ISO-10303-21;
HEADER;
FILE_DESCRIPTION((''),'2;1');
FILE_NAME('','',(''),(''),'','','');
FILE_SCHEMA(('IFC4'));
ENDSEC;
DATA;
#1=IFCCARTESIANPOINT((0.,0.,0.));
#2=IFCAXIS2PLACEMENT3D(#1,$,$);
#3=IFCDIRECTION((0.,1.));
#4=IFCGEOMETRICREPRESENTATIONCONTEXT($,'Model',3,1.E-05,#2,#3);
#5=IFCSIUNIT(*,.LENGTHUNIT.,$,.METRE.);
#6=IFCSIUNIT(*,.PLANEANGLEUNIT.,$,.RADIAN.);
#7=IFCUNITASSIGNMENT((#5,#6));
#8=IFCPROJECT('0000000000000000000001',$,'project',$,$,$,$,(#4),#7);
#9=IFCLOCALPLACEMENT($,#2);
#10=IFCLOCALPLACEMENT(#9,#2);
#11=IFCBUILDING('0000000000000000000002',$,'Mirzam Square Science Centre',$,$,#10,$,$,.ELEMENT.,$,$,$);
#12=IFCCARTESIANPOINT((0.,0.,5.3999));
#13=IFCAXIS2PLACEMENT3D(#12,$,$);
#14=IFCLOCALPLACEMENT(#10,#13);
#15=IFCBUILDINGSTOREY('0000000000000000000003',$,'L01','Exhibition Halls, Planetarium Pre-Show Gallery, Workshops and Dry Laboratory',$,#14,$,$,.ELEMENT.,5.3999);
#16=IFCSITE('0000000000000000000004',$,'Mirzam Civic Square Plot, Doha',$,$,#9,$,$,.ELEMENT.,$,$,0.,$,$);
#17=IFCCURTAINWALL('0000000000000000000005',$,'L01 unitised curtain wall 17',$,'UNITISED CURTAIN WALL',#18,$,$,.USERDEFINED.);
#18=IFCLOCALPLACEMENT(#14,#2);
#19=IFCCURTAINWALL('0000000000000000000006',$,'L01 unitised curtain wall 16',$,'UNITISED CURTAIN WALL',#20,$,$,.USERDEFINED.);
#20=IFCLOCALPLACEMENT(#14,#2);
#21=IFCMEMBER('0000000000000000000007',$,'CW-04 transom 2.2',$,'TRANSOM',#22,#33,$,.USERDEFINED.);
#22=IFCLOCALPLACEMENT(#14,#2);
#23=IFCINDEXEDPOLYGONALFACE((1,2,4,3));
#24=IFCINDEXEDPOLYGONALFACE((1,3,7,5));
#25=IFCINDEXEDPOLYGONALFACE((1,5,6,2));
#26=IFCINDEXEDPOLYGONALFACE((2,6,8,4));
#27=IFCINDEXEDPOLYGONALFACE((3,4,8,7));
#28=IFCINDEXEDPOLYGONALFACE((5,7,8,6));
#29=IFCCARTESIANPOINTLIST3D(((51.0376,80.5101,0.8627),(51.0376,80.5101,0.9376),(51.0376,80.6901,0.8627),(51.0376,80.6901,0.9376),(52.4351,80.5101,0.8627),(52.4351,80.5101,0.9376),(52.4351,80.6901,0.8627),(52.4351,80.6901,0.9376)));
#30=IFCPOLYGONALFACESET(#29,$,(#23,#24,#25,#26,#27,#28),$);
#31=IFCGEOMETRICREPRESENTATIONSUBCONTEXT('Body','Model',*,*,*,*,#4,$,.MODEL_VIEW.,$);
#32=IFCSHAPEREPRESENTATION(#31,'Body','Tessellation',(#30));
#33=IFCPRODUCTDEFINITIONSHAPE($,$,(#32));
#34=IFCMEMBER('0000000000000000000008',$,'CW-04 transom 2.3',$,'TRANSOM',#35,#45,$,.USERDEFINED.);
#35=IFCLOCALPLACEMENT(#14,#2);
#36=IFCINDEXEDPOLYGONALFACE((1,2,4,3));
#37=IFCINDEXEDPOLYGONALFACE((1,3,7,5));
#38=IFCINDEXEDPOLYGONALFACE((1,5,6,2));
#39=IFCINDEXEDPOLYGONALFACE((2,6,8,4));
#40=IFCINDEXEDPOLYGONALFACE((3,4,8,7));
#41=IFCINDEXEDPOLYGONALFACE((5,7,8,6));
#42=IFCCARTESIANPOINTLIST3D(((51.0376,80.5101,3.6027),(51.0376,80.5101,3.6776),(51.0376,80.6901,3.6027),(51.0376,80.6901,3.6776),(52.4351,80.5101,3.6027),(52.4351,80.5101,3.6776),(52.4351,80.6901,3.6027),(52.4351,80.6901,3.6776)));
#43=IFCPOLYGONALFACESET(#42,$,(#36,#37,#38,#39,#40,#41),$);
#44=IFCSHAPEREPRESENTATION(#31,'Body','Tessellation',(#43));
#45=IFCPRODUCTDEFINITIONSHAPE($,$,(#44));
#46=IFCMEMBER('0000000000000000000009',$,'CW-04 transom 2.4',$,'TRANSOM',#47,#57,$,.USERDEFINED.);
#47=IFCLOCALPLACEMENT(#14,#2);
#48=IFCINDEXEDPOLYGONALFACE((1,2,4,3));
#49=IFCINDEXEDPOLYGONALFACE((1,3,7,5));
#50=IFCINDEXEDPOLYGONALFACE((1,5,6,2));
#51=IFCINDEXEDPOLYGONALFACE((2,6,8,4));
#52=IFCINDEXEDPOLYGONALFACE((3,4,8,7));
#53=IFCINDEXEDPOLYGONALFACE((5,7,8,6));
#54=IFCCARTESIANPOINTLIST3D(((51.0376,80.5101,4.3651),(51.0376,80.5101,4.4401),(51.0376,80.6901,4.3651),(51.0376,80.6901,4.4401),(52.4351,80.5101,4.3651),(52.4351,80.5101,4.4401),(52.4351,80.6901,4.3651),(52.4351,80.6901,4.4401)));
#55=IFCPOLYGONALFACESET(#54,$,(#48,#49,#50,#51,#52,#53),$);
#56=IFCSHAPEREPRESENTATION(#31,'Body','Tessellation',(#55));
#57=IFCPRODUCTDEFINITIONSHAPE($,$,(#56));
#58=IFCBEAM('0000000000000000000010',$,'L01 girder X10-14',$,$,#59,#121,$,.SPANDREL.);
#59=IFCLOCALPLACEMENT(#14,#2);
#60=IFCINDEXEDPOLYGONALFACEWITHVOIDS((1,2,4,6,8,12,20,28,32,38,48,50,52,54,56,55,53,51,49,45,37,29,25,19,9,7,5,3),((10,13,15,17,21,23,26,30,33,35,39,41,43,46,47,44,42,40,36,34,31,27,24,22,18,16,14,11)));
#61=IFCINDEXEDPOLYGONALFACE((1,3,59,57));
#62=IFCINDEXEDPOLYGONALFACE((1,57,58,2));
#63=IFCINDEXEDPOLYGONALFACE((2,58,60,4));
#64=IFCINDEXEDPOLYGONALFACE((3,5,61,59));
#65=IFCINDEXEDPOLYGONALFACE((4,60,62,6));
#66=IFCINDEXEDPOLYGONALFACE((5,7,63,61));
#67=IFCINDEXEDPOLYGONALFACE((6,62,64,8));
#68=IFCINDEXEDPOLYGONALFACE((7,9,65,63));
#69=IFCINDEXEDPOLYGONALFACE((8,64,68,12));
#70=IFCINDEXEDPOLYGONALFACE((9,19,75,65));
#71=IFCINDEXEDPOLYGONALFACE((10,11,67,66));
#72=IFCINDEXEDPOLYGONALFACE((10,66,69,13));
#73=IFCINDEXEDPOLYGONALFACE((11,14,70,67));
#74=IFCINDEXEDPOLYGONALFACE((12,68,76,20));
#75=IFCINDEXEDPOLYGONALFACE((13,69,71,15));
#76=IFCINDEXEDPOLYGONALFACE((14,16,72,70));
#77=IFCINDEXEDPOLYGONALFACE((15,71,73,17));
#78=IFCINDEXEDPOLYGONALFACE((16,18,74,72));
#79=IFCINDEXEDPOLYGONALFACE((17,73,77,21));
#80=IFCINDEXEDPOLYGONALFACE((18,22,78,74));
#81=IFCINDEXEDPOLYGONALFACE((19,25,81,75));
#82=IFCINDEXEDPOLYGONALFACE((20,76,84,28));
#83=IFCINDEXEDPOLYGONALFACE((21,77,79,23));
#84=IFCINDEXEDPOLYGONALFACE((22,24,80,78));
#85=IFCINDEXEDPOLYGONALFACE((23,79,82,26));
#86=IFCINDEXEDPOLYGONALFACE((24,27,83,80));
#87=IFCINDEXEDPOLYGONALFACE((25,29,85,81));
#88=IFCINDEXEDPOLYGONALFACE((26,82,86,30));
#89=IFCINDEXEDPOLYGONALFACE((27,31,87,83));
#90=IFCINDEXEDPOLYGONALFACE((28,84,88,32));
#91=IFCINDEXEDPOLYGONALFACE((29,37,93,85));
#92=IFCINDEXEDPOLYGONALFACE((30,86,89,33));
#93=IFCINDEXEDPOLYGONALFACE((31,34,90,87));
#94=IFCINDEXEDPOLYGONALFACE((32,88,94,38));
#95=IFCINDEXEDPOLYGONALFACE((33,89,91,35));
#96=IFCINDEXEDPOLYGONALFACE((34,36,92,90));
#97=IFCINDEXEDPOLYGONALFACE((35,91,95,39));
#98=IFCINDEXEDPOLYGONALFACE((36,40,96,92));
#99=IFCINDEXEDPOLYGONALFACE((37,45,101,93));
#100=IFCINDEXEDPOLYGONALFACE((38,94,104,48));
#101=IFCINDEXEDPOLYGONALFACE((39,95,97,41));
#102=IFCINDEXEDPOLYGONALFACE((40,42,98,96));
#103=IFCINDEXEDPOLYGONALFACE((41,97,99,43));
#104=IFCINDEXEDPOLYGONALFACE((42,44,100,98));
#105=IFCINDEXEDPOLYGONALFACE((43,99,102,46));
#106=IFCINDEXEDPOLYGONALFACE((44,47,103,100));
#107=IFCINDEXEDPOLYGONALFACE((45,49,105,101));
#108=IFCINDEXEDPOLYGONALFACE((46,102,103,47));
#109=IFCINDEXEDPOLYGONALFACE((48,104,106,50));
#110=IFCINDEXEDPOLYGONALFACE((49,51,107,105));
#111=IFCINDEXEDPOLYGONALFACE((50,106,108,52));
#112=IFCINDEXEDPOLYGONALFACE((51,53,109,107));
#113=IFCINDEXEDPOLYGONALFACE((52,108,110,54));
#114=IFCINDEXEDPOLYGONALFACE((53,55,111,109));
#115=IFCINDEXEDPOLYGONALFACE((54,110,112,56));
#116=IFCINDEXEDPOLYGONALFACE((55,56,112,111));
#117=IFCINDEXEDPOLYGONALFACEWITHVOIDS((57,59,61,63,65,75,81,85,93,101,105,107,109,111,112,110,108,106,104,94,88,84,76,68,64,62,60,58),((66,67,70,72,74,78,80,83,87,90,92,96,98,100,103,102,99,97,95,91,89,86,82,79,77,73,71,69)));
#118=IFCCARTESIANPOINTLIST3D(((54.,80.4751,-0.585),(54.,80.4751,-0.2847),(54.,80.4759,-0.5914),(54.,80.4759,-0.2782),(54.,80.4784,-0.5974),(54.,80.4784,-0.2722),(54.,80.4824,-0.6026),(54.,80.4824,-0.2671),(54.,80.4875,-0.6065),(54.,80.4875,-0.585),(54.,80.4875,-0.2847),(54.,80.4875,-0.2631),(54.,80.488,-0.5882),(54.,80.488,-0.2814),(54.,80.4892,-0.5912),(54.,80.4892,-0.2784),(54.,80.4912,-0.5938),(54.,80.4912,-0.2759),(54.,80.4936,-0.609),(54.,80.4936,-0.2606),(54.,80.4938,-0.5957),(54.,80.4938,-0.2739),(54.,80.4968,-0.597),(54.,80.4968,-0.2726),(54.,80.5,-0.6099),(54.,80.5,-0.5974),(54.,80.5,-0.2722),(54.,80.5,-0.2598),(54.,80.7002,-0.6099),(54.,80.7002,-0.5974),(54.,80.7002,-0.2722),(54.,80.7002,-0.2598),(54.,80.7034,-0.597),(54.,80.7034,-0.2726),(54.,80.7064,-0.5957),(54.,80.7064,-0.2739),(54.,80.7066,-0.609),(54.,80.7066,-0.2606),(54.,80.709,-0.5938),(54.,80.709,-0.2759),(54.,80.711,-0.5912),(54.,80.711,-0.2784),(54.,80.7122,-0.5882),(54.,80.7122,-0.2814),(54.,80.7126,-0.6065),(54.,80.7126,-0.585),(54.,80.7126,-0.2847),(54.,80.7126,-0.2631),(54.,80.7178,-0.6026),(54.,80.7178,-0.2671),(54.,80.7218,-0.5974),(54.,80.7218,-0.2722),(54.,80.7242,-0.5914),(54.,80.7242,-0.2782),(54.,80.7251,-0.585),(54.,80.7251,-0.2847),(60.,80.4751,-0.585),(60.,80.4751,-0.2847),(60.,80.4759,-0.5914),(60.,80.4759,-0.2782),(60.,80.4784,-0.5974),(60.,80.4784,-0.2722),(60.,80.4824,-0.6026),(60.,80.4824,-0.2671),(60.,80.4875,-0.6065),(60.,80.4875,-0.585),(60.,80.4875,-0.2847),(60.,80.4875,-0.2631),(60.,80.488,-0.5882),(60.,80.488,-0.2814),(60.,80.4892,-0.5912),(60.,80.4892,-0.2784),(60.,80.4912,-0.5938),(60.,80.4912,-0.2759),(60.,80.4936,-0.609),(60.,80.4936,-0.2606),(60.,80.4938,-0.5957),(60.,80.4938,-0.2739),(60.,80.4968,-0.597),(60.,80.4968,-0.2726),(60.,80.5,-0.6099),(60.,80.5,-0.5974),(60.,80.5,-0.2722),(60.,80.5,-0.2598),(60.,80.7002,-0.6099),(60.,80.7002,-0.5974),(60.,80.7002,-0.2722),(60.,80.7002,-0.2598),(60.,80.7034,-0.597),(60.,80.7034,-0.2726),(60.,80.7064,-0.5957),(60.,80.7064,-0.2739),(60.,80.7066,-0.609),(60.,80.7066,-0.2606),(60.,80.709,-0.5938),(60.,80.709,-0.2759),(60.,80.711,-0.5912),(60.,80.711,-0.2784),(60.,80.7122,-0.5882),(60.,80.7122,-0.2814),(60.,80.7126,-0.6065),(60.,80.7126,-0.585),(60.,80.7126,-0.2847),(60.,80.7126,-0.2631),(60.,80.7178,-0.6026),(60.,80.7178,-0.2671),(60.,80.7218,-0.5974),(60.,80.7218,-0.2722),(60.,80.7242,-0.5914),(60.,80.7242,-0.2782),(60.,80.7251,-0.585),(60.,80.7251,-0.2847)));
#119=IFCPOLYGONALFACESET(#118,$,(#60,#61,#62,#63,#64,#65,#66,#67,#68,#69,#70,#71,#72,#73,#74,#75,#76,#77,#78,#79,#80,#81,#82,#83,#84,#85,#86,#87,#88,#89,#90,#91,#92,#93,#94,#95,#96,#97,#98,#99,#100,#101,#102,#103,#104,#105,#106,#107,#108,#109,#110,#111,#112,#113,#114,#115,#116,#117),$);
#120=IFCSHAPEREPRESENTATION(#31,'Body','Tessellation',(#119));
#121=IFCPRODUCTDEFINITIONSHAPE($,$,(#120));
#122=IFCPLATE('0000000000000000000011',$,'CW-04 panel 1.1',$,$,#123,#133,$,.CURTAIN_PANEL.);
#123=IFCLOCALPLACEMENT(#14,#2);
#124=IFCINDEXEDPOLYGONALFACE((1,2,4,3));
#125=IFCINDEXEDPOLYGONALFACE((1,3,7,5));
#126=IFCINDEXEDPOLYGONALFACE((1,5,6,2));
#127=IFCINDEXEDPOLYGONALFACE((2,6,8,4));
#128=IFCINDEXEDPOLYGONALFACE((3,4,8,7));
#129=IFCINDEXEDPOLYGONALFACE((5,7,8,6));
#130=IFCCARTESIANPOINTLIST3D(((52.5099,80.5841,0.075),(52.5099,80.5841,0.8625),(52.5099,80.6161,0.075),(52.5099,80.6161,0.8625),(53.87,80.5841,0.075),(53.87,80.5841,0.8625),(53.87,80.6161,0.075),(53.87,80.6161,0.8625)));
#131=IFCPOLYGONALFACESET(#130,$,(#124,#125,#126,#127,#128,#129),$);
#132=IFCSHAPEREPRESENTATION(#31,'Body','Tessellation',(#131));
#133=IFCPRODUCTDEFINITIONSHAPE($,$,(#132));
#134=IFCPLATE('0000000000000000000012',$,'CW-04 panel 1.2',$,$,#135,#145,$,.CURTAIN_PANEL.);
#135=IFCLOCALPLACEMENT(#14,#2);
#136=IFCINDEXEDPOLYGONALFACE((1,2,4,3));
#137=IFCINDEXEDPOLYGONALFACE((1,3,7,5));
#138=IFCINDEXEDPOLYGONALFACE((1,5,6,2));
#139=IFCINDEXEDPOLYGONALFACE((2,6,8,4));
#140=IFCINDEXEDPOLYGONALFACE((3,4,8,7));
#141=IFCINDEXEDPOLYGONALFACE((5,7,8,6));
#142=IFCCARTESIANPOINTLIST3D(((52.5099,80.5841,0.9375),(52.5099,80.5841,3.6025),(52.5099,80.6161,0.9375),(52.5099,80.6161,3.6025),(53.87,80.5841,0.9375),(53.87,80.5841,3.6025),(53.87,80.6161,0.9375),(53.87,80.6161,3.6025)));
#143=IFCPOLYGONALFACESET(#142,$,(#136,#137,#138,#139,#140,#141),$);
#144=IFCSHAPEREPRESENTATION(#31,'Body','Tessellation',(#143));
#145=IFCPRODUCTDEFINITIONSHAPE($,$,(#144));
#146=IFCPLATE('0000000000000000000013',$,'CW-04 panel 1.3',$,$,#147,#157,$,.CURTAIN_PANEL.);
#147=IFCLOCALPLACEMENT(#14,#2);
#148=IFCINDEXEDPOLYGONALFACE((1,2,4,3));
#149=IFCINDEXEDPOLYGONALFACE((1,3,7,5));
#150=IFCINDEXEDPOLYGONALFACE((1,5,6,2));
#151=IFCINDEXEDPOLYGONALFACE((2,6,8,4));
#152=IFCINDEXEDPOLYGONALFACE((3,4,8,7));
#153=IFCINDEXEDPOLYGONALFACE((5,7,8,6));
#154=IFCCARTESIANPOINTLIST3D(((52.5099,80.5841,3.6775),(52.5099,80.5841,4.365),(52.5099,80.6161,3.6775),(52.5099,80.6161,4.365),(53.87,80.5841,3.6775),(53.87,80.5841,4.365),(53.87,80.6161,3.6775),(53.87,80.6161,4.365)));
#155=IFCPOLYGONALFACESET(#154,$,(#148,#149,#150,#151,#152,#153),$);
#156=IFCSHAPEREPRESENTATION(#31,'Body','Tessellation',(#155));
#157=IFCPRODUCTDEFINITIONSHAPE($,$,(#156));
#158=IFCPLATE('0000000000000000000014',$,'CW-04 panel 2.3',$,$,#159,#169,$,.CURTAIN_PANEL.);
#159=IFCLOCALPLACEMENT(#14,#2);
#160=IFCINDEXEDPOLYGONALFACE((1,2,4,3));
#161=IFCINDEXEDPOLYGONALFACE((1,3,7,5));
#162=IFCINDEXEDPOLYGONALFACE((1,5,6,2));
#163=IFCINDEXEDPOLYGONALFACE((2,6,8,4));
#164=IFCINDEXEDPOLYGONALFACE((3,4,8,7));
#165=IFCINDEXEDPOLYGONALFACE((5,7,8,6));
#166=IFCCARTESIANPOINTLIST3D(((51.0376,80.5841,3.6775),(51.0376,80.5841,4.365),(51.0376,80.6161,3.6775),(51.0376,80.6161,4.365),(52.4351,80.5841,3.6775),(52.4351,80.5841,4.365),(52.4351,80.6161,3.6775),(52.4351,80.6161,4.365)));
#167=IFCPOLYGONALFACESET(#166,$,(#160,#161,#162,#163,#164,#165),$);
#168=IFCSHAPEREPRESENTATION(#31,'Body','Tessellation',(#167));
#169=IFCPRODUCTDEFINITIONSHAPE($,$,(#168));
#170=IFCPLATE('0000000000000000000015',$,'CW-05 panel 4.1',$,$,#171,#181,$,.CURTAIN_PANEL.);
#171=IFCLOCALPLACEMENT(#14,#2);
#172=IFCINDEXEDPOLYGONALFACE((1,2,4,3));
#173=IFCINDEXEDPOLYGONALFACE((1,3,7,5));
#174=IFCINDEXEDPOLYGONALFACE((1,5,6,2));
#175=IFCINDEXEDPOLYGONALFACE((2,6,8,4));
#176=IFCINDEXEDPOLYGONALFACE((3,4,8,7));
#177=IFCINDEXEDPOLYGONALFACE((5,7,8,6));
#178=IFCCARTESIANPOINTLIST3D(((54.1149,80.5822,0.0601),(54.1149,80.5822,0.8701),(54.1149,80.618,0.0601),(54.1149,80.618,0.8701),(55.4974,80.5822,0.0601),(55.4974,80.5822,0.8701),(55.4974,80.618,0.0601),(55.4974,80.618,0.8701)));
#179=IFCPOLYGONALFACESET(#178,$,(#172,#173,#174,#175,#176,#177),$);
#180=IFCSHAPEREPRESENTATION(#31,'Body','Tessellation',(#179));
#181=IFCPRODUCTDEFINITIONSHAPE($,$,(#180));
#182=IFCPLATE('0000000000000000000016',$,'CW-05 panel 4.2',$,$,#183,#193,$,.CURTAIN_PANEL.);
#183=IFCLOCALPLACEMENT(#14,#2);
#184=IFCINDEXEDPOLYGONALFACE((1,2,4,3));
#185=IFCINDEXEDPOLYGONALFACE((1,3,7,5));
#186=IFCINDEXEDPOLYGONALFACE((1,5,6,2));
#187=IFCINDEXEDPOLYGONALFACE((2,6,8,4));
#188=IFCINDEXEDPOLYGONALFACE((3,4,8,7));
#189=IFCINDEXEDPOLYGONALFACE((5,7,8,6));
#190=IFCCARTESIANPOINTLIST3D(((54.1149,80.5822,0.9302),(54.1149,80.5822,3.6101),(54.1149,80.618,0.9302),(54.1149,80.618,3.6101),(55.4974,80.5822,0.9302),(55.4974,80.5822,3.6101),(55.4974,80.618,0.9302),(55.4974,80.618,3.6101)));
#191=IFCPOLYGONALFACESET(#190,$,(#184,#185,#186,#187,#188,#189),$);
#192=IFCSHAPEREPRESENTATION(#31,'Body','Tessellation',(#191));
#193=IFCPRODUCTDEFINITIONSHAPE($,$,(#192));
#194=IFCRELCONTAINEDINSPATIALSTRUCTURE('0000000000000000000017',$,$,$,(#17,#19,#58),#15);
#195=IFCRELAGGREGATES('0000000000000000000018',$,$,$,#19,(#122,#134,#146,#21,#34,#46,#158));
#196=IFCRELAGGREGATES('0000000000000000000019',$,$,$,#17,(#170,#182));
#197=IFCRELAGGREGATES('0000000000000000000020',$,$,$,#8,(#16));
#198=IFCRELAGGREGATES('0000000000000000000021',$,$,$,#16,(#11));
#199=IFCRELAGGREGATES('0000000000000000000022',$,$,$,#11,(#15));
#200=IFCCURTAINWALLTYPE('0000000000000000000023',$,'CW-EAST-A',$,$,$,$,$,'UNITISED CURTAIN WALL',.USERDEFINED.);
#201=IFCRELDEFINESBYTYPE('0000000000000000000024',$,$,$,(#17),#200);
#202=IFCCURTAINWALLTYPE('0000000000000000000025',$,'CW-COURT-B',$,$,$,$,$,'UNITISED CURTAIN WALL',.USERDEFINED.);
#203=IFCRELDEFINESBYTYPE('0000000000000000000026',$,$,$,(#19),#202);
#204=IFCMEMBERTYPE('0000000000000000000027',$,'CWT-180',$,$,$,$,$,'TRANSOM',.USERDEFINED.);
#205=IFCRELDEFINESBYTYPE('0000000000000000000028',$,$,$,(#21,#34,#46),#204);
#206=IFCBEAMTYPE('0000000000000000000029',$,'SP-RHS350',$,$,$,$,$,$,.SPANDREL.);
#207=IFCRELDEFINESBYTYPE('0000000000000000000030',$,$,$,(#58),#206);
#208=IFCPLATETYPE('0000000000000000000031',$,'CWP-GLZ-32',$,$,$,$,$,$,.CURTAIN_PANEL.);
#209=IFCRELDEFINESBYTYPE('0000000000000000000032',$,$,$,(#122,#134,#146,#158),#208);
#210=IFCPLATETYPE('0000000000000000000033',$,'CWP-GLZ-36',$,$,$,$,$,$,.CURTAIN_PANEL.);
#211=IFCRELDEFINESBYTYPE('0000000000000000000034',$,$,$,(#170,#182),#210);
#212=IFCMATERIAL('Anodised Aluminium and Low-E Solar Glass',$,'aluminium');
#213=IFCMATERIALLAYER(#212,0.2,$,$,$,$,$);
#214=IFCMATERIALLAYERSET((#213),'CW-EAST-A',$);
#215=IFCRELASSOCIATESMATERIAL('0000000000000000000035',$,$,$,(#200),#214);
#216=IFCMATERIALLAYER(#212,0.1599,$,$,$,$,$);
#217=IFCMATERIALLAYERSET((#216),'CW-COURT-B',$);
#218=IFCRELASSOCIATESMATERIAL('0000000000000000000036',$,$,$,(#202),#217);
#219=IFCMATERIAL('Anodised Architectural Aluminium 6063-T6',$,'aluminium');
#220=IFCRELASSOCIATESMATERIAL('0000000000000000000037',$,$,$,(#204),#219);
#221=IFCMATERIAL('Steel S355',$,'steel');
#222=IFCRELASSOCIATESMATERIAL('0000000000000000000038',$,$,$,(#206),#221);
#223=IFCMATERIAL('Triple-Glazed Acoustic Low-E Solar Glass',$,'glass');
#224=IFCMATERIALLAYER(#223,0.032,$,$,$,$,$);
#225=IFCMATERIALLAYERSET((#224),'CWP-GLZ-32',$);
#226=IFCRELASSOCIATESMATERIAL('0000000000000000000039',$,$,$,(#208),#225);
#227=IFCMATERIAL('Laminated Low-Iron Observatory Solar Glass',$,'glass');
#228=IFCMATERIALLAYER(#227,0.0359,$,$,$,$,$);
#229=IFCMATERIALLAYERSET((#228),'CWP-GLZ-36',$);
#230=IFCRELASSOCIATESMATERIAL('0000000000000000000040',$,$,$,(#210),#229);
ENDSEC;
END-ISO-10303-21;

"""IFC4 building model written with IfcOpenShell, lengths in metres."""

from ifc_helpers import new_model, si_unit, direction, frame, origin, origin_2d, place, context, subcontext, project, spatial, rectangle, hollow_rectangle, extrude, material, layer, layer_set, material_profile, profile_set, type_object, element, aggregate, save


model = new_model("IFC4")

# Units and contexts
model_context = context("Model", 3, precision=1e-05, world=origin(), true_north=direction((0.0, 1.0)))
body_context = subcontext(model_context, "Body", "Model", "MODEL_VIEW")
ifc_project = project(units=[si_unit("LENGTHUNIT", "METRE"), si_unit("PLANEANGLEUNIT", "RADIAN")], contexts=[model_context])

# Site, building, storey
site_placement = place(None, origin())
site = spatial("IfcSite", under=ifc_project, at=site_placement, Name="Mirzam Civic Square Plot, Doha", CompositionType="ELEMENT", RefElevation=0.0)
building_placement = place(site_placement, origin())
building = spatial("IfcBuilding", under=site, at=building_placement, Name="Mirzam Square Science Centre", CompositionType="ELEMENT")
storey_placement = place(building_placement, frame((0.0, 0.0, 5.3999)))
storey = spatial("IfcBuildingStorey", under=building, at=storey_placement, Name="L01", Description="Exhibition Halls, Planetarium Pre-Show Gallery, Workshops and Dry Laboratory", CompositionType="ELEMENT", Elevation=5.3999)

# Shared definitions
ifc_material_1 = material(Name="Steel S355", Category="steel")

# Curtain wall
ifc_material_2 = material(Name="Anodised Aluminium and Low-E Solar Glass", Category="aluminium")
ifc_layer_1 = layer(ifc_material_2, 0.2)
ifc_layer_set_1 = layer_set([ifc_layer_1], Name="CW-EAST-A")
curtain_wall_type_1 = type_object("IfcCurtainWallType", Name="CW-EAST-A", ElementType="UNITISED CURTAIN WALL", PredefinedType="USERDEFINED", material=ifc_layer_set_1)
curtain_wall_1_placement = place(storey_placement, origin())
curtain_wall_1 = element("IfcCurtainWall", 1, at=curtain_wall_1_placement, inside=storey, type_object=curtain_wall_type_1, Name="L01 unitised curtain wall 17", ObjectType="UNITISED CURTAIN WALL", PredefinedType="USERDEFINED")
ifc_material_3 = material(Name="Anodised Architectural Aluminium 6063-T6", Category="aluminium")

# Curtain wall
ifc_layer_2 = layer(ifc_material_2, 0.1599)
ifc_layer_set_2 = layer_set([ifc_layer_2], Name="CW-COURT-B")
curtain_wall_type_2 = type_object("IfcCurtainWallType", Name="CW-COURT-B", ElementType="UNITISED CURTAIN WALL", PredefinedType="USERDEFINED", material=ifc_layer_set_2)
curtain_wall_2_placement = place(storey_placement, origin())
curtain_wall_2 = element("IfcCurtainWall", 2, at=curtain_wall_2_placement, inside=storey, type_object=curtain_wall_type_2, Name="L01 unitised curtain wall 16", ObjectType="UNITISED CURTAIN WALL", PredefinedType="USERDEFINED")

# Members
ifc_material_profile_1 = material_profile(ifc_material_3, rectangle(XDim=0.1799, YDim=0.075, at=origin_2d()), Name="ALU-TRAN-180x75x5")
ifc_profile_set_1 = profile_set([ifc_material_profile_1], Name="Anodised Architectural Aluminium 6063-T6")
member_type_1 = type_object("IfcMemberType", Name="CWT-180", ElementType="TRANSOM", PredefinedType="USERDEFINED", material=ifc_profile_set_1)
member_1_placement = place(storey_placement, frame((52.4351, 80.6001, 0.9001), z_axis=(-1.0, 0.0, 0.0), x_axis=(0.0, -1.0, 0.0)))
member_1 = element("IfcMember", 3, at=member_1_placement, type_object=member_type_1, Name="CW-04 transom 2.2", ObjectType="TRANSOM", PredefinedType="USERDEFINED", context=body_context, shape_type="SweptSolid", body=[
    extrude(rectangle(XDim=0.1799, YDim=0.075, at=origin_2d()), origin(), (0.0, 0.0, 1.0), 1.3975),
])
member_2_placement = place(storey_placement, frame((52.4351, 80.6001, 3.6401), z_axis=(-1.0, 0.0, 0.0), x_axis=(0.0, -1.0, 0.0)))
member_2 = element("IfcMember", 4, at=member_2_placement, type_object=member_type_1, Name="CW-04 transom 2.3", ObjectType="TRANSOM", PredefinedType="USERDEFINED", context=body_context, shape_type="SweptSolid", body=[
    extrude(rectangle(XDim=0.1799, YDim=0.075, at=origin_2d()), origin(), (0.0, 0.0, 1.0), 1.3975),
])
member_3_placement = place(storey_placement, frame((52.4351, 80.6001, 4.4026), z_axis=(-1.0, 0.0, 0.0), x_axis=(0.0, -1.0, 0.0)))
member_3 = element("IfcMember", 5, at=member_3_placement, type_object=member_type_1, Name="CW-04 transom 2.4", ObjectType="TRANSOM", PredefinedType="USERDEFINED", context=body_context, shape_type="SweptSolid", body=[
    extrude(rectangle(XDim=0.1799, YDim=0.075, at=origin_2d()), origin(), (0.0, 0.0, 1.0), 1.3975),
])

# Beam
ifc_material_profile_2 = material_profile(ifc_material_1, hollow_rectangle(XDim=0.25, YDim=0.3501, WallThickness=0.0125, InnerFilletRadius=0.0125, OuterFilletRadius=0.0249, at=origin_2d()), Name="350x250x12.5RHS")
ifc_profile_set_2 = profile_set([ifc_material_profile_2], Name="Steel S355")
beam_type = type_object("IfcBeamType", Name="SP-RHS350", PredefinedType="SPANDREL", material=ifc_profile_set_2)
beam_placement = place(storey_placement, frame((54.0, 80.6001, -0.4348), z_axis=(1.0, 0.0, 0.0), x_axis=(0.0, 1.0, 0.0)))
element("IfcBeam", 6, at=beam_placement, inside=storey, type_object=beam_type, Name="L01 girder X10-14", PredefinedType="SPANDREL", context=body_context, shape_type="SweptSolid", body=[
    extrude(hollow_rectangle(XDim=0.25, YDim=0.3501, WallThickness=0.0125, InnerFilletRadius=0.0125, OuterFilletRadius=0.0249, at=origin_2d()), origin(), (0.0, 0.0, 1.0), 6.0),
])

# Plates
ifc_material_4 = material(Name="Triple-Glazed Acoustic Low-E Solar Glass", Category="glass")
ifc_layer_3 = layer(ifc_material_4, 0.032)
ifc_layer_set_3 = layer_set([ifc_layer_3], Name="CWP-GLZ-32")
plate_type_1 = type_object("IfcPlateType", Name="CWP-GLZ-32", PredefinedType="CURTAIN_PANEL", material=ifc_layer_set_3)
plate_1_placement = place(storey_placement, frame((53.1899, 80.6001, 0.075), z_axis=(0.0, 0.0, 1.0), x_axis=(-1.0, 0.0, 0.0)))
plate_1 = element("IfcPlate", 7, at=plate_1_placement, type_object=plate_type_1, Name="CW-04 panel 1.1", PredefinedType="CURTAIN_PANEL", context=body_context, shape_type="SweptSolid", body=[
    extrude(rectangle(XDim=1.3601, YDim=0.032, at=origin_2d()), origin(), (0.0, 0.0, 1.0), 0.7876),
])
plate_2_placement = place(storey_placement, frame((53.1899, 80.6001, 0.9375), z_axis=(0.0, 0.0, 1.0), x_axis=(-1.0, 0.0, 0.0)))
plate_2 = element("IfcPlate", 8, at=plate_2_placement, type_object=plate_type_1, Name="CW-04 panel 1.2", PredefinedType="CURTAIN_PANEL", context=body_context, shape_type="SweptSolid", body=[
    extrude(rectangle(XDim=1.3601, YDim=0.032, at=origin_2d()), origin(), (0.0, 0.0, 1.0), 2.665),
])
plate_3_placement = place(storey_placement, frame((53.1899, 80.6001, 3.6775), z_axis=(0.0, 0.0, 1.0), x_axis=(-1.0, 0.0, 0.0)))
plate_3 = element("IfcPlate", 9, at=plate_3_placement, type_object=plate_type_1, Name="CW-04 panel 1.3", PredefinedType="CURTAIN_PANEL", context=body_context, shape_type="SweptSolid", body=[
    extrude(rectangle(XDim=1.3601, YDim=0.032, at=origin_2d()), origin(), (0.0, 0.0, 1.0), 0.6875),
])
plate_4_placement = place(storey_placement, frame((51.7363, 80.6001, 3.6775), z_axis=(0.0, 0.0, 1.0), x_axis=(-1.0, 0.0, 0.0)))
plate_4 = element("IfcPlate", 10, at=plate_4_placement, type_object=plate_type_1, Name="CW-04 panel 2.3", PredefinedType="CURTAIN_PANEL", context=body_context, shape_type="SweptSolid", body=[
    extrude(rectangle(XDim=1.3975, YDim=0.032, at=origin_2d()), origin(), (0.0, 0.0, 1.0), 0.6875),
])
aggregate(curtain_wall_2, [plate_1, plate_2, plate_3, member_1, member_2, member_3, plate_4])
ifc_material_5 = material(Name="Laminated Low-Iron Observatory Solar Glass", Category="glass")
ifc_layer_4 = layer(ifc_material_5, 0.0359)
ifc_layer_set_4 = layer_set([ifc_layer_4], Name="CWP-GLZ-36")
plate_type_2 = type_object("IfcPlateType", Name="CWP-GLZ-36", PredefinedType="CURTAIN_PANEL", material=ifc_layer_set_4)
plate_5_placement = place(storey_placement, frame((54.8062, 80.6001, 0.0601), z_axis=(0.0, 0.0, 1.0), x_axis=(-1.0, 0.0, 0.0)))
plate_5 = element("IfcPlate", 11, at=plate_5_placement, type_object=plate_type_2, Name="CW-05 panel 4.1", PredefinedType="CURTAIN_PANEL", context=body_context, shape_type="SweptSolid", body=[
    extrude(rectangle(XDim=1.3826, YDim=0.0359, at=origin_2d()), origin(), (0.0, 0.0, 1.0), 0.8101),
])
plate_6_placement = place(storey_placement, frame((54.8062, 80.6001, 0.9302), z_axis=(0.0, 0.0, 1.0), x_axis=(-1.0, 0.0, 0.0)))
plate_6 = element("IfcPlate", 12, at=plate_6_placement, type_object=plate_type_2, Name="CW-05 panel 4.2", PredefinedType="CURTAIN_PANEL", context=body_context, shape_type="SweptSolid", body=[
    extrude(rectangle(XDim=1.3826, YDim=0.0359, at=origin_2d()), origin(), (0.0, 0.0, 1.0), 2.6799),
])
aggregate(curtain_wall_1, [plate_5, plate_6])

save(model, "model.ifc")
